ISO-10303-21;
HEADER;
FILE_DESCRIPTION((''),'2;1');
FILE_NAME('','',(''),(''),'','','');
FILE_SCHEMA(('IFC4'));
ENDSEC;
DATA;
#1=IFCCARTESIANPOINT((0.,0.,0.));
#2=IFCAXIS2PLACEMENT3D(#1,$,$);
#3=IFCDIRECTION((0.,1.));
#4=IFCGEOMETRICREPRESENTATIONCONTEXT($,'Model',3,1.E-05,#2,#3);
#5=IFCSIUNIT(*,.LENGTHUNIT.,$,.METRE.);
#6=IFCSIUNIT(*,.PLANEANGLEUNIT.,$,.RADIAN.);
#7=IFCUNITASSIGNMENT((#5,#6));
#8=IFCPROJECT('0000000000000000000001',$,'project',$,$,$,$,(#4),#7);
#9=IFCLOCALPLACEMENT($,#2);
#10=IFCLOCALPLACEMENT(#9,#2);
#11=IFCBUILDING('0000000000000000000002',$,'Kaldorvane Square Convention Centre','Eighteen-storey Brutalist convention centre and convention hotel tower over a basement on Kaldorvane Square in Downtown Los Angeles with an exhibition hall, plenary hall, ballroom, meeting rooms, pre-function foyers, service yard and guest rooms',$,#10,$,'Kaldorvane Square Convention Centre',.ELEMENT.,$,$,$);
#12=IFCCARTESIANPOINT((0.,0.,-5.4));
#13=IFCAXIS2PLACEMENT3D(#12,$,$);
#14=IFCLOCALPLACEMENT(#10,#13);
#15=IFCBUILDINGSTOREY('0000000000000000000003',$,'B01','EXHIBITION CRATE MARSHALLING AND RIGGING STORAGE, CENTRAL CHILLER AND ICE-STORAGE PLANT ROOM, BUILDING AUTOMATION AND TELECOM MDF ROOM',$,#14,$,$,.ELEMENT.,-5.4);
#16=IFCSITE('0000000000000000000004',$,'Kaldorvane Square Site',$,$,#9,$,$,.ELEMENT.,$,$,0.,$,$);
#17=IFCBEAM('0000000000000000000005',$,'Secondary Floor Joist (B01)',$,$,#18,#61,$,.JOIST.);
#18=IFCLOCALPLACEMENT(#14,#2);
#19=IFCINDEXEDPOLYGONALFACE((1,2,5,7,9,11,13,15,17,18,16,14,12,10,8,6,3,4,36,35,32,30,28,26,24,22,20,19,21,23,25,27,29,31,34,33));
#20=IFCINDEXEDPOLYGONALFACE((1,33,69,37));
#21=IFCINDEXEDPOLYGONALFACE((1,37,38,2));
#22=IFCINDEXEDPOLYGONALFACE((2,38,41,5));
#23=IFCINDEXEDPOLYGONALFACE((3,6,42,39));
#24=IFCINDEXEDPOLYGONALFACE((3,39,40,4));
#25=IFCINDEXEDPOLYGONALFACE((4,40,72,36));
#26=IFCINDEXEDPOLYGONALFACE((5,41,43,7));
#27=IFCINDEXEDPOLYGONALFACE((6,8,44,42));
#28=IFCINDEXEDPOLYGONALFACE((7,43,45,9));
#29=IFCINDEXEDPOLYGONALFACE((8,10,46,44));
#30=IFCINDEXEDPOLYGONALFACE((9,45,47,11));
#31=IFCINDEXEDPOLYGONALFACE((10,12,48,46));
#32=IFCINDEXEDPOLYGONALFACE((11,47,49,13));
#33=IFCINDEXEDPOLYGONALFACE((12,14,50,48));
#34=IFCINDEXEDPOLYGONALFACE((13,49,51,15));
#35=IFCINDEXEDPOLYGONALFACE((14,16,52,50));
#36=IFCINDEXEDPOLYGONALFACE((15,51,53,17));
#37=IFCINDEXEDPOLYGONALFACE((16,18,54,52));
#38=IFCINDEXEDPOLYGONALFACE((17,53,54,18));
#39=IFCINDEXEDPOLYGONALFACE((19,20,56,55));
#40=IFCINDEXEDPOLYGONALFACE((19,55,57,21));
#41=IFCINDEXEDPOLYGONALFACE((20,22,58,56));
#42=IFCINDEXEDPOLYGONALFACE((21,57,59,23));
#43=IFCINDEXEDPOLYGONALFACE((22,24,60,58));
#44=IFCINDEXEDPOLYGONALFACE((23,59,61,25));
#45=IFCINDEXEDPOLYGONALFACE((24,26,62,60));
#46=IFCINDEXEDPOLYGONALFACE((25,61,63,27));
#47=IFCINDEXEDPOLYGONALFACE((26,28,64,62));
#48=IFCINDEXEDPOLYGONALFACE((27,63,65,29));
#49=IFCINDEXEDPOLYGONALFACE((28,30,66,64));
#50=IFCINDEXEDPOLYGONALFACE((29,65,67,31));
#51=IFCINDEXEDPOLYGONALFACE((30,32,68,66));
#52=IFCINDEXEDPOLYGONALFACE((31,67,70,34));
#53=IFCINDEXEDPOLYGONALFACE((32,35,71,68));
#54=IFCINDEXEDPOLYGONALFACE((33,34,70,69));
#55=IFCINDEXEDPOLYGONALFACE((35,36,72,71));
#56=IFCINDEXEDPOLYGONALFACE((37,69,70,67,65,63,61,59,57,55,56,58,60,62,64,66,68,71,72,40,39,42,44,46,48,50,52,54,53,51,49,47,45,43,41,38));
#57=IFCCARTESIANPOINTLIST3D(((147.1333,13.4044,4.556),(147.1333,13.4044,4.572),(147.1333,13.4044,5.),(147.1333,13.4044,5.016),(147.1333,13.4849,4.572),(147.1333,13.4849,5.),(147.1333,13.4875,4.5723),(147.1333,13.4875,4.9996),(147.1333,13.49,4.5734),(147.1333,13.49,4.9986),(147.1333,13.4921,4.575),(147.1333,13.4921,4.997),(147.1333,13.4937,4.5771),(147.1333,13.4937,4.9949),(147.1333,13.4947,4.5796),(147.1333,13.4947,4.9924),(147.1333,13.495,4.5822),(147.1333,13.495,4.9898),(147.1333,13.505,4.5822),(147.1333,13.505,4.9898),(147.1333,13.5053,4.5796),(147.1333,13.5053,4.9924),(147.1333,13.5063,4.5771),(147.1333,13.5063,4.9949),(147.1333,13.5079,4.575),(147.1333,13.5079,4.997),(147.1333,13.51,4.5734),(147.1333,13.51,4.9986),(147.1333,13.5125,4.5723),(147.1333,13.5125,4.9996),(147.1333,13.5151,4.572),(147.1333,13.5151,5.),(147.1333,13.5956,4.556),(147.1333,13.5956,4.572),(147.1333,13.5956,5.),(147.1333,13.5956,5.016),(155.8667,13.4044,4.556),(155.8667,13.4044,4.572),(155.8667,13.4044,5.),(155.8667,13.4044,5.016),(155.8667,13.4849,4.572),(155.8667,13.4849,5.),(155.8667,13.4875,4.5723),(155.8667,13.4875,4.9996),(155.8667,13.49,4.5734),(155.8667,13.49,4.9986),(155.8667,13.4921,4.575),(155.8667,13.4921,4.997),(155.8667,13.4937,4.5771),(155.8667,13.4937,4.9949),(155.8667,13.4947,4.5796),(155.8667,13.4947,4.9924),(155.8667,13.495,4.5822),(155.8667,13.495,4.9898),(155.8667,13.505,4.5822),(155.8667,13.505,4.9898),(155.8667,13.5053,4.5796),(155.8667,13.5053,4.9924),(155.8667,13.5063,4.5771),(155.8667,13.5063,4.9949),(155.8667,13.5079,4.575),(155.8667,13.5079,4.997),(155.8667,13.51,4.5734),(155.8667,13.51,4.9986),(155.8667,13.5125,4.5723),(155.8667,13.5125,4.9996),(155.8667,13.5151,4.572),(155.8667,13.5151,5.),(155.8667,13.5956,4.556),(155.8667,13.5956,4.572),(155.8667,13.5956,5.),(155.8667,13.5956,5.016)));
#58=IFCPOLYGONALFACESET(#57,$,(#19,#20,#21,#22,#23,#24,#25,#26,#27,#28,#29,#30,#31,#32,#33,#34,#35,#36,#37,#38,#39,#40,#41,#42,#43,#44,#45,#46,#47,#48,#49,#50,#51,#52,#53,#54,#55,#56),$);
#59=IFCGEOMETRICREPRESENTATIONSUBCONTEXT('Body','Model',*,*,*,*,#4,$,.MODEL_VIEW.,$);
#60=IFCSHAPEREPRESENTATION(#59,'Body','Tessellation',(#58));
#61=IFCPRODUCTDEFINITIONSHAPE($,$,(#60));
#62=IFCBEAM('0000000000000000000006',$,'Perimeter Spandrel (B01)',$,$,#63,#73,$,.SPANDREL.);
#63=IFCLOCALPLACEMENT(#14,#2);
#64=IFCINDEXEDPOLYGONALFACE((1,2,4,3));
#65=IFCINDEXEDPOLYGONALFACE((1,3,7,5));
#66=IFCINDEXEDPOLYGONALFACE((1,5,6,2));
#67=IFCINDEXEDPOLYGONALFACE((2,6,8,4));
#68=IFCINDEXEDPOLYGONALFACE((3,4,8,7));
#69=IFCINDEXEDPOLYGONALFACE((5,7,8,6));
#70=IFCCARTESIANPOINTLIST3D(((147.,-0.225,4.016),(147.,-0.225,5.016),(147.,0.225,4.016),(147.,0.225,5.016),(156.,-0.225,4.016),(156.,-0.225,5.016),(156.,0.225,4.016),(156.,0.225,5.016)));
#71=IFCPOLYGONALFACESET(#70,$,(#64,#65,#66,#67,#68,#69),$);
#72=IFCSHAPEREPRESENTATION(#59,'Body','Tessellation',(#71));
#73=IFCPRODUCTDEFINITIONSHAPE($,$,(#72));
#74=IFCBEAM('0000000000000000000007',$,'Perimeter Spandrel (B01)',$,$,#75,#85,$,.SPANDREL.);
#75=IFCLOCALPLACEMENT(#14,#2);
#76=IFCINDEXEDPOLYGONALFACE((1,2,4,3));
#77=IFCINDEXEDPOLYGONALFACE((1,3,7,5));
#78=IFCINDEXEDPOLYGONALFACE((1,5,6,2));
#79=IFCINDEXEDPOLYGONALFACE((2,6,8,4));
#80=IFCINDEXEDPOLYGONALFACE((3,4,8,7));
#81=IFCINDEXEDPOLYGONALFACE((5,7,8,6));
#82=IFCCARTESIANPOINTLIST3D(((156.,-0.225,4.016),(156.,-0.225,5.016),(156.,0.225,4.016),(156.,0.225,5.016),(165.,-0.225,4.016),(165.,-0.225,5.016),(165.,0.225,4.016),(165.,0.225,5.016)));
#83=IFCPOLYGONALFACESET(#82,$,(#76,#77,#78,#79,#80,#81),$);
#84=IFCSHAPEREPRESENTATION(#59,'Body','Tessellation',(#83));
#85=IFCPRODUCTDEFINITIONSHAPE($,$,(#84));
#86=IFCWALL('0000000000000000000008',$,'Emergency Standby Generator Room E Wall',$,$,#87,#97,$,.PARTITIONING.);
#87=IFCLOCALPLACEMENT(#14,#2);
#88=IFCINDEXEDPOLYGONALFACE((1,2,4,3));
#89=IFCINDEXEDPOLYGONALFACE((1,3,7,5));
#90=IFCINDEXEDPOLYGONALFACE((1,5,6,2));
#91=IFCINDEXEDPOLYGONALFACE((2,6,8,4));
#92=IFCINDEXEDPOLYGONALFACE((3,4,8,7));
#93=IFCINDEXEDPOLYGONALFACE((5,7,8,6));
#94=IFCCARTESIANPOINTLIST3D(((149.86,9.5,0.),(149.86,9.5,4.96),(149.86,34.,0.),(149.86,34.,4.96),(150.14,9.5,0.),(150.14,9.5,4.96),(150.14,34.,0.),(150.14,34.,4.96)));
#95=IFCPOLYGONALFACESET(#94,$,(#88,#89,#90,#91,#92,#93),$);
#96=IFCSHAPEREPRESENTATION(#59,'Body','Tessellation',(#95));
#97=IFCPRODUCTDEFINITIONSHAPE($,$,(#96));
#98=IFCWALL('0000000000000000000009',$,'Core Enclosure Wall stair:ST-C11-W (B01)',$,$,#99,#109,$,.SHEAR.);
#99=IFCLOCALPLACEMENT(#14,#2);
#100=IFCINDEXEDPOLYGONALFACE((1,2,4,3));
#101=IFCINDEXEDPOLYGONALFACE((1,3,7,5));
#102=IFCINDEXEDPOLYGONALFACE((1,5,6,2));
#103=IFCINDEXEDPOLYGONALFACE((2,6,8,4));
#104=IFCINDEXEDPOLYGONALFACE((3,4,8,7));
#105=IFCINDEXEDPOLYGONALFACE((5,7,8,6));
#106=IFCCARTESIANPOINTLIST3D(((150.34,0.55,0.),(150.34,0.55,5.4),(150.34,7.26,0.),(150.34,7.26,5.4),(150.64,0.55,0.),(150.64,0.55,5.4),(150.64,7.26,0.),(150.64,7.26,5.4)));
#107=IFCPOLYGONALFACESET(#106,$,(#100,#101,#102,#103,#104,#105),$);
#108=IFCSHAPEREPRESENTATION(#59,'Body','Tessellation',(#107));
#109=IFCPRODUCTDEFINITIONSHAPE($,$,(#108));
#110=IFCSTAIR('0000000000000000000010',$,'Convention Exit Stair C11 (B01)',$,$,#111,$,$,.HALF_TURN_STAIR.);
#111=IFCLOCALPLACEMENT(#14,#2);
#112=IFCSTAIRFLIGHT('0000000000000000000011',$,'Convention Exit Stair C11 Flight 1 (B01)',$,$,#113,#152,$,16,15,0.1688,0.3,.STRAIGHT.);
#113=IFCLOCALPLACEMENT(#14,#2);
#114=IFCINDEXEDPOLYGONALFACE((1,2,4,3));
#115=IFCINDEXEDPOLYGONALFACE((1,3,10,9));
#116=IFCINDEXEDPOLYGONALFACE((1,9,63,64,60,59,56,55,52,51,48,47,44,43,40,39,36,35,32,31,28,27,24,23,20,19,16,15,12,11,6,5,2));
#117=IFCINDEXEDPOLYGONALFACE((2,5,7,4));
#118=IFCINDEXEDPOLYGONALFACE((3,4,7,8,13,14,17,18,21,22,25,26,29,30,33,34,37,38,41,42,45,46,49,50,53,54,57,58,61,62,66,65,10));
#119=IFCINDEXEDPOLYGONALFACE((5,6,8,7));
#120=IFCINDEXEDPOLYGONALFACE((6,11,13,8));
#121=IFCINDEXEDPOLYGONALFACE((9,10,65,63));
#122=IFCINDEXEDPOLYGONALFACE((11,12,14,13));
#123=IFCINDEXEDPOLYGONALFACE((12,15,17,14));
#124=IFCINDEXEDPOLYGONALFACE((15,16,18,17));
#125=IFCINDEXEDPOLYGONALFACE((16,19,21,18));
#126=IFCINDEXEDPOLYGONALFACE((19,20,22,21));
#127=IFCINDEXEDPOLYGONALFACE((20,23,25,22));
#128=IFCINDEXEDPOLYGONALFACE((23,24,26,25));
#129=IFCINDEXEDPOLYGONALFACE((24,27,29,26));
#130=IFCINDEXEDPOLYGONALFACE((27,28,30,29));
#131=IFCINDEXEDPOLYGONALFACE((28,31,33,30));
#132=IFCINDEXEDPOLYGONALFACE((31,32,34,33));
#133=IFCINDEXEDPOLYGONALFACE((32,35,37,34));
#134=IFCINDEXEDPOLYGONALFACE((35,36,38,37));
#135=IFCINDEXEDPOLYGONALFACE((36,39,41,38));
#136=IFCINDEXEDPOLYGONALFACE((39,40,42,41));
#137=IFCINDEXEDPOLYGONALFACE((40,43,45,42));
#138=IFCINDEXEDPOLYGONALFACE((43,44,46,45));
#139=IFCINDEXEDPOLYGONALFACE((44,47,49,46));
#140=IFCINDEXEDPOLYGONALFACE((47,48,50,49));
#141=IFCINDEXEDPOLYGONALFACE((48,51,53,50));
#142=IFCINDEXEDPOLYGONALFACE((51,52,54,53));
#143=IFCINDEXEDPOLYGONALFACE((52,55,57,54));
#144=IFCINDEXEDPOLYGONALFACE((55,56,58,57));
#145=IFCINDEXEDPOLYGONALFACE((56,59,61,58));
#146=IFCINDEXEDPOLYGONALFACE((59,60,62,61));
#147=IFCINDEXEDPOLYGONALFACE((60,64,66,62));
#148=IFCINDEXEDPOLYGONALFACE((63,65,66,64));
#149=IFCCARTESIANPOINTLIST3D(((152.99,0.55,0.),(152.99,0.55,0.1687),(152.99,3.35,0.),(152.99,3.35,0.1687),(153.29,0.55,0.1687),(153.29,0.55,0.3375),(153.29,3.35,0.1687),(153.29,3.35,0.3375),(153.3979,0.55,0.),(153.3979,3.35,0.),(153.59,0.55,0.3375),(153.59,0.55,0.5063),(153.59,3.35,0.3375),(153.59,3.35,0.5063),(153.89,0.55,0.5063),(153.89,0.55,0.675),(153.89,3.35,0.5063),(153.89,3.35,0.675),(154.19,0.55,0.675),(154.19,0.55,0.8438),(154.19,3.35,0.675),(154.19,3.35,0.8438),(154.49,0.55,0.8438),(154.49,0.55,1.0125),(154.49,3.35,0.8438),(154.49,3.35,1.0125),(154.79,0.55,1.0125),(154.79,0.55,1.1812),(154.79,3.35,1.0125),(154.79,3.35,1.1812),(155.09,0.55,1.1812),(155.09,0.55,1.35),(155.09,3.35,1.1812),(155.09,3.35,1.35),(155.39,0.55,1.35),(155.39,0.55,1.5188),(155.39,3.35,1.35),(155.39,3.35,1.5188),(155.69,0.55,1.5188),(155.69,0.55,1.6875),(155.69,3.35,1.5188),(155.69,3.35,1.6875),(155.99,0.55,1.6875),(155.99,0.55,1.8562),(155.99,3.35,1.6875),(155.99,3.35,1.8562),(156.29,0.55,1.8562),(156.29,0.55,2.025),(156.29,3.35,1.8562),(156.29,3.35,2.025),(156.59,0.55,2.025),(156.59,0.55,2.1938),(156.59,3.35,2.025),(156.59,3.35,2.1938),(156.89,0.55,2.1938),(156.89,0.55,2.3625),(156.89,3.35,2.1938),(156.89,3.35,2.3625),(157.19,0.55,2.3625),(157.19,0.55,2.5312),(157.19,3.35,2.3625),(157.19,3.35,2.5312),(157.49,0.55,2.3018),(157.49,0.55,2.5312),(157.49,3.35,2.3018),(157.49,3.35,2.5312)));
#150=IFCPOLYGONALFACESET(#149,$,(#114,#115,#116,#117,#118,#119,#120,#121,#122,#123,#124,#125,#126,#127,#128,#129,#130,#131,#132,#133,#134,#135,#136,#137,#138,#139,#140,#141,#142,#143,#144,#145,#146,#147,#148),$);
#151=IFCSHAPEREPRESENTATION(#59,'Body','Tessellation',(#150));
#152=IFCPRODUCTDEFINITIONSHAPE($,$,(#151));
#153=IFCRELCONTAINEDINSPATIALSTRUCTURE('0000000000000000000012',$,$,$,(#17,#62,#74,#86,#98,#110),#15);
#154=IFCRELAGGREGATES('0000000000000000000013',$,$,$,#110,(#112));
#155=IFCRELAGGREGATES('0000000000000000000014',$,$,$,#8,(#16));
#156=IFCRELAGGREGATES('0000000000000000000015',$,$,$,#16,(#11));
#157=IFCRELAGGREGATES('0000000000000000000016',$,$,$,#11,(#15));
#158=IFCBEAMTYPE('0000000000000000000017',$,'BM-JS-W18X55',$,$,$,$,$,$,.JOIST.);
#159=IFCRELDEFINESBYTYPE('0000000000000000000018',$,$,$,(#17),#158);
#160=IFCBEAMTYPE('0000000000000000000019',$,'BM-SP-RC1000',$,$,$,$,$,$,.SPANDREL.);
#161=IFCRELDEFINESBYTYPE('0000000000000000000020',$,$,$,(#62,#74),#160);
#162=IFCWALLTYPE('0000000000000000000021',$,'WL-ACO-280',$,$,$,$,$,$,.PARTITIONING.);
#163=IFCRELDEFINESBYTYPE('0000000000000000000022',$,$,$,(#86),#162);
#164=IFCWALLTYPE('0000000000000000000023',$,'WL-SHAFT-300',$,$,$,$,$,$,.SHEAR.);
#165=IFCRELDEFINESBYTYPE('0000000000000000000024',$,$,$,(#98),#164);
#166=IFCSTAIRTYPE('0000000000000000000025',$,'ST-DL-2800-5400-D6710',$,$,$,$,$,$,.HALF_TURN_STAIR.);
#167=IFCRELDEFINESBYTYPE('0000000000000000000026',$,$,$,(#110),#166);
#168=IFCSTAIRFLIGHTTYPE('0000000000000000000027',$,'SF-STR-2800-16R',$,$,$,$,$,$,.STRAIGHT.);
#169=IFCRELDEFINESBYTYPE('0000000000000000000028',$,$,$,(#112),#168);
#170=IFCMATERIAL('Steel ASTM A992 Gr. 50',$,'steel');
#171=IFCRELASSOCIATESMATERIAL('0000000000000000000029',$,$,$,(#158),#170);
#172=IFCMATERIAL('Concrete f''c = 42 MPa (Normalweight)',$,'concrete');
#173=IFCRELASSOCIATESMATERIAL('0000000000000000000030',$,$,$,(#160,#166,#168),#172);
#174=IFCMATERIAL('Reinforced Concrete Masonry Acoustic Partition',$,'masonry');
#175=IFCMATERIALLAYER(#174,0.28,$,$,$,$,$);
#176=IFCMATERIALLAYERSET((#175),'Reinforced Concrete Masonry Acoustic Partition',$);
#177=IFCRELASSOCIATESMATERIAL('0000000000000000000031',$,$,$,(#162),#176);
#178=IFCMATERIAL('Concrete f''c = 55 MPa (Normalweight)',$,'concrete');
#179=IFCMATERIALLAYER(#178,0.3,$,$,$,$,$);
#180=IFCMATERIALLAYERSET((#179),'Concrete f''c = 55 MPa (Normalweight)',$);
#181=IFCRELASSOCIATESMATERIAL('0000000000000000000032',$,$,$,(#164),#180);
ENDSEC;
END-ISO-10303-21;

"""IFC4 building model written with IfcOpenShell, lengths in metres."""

from ifc_helpers import new_model, si_unit, direction, frame, frame_2d, origin, origin_2d, place, context, subcontext, project, spatial, polyline, rectangle, i_section, outline, extrude, material, layer, layer_set, material_profile, profile_set, type_object, element, aggregate, save


model = new_model("IFC4")

# Units and contexts
model_context = context("Model", 3, precision=1e-05, world=origin(), true_north=direction((0.0, 1.0)))
body_context = subcontext(model_context, "Body", "Model", "MODEL_VIEW")
ifc_project = project(units=[si_unit("LENGTHUNIT", "METRE"), si_unit("PLANEANGLEUNIT", "RADIAN")], contexts=[model_context])

# Site, building, storey
site_placement = place(None, origin())
site = spatial("IfcSite", under=ifc_project, at=site_placement, Name="Kaldorvane Square Site", CompositionType="ELEMENT", RefElevation=0.0)
building_placement = place(site_placement, origin())
building = spatial("IfcBuilding", under=site, at=building_placement, Name="Kaldorvane Square Convention Centre", Description="Eighteen-storey Brutalist convention centre and convention hotel tower over a basement on Kaldorvane Square in Downtown Los Angeles with an exhibition hall, plenary hall, ballroom, meeting rooms, pre-function foyers, service yard and guest rooms", LongName="Kaldorvane Square Convention Centre", CompositionType="ELEMENT")
storey_placement = place(building_placement, frame((0.0, 0.0, -5.4)))
storey = spatial("IfcBuildingStorey", under=building, at=storey_placement, Name="B01", Description="EXHIBITION CRATE MARSHALLING AND RIGGING STORAGE, CENTRAL CHILLER AND ICE-STORAGE PLANT ROOM, BUILDING AUTOMATION AND TELECOM MDF ROOM", CompositionType="ELEMENT", Elevation=-5.4)

# Shared definitions
ifc_material_1 = material(Name="Concrete f'c = 42 MPa (Normalweight)", Category="concrete")

# Shared definitions
ifc_material_2 = material(Name="Steel ASTM A992 Gr. 50", Category="steel")

# Beams
ifc_material_profile_1 = material_profile(ifc_material_2, i_section(OverallWidth=0.1913, OverallDepth=0.46, WebThickness=0.0099, FlangeThickness=0.016, FilletRadius=0.0102, at=origin_2d()), Name="W18X55")
ifc_profile_set_1 = profile_set([ifc_material_profile_1], Name="Steel ASTM A992 Gr. 50")
beam_type_1 = type_object("IfcBeamType", Name="BM-JS-W18X55", PredefinedType="JOIST", material=ifc_profile_set_1)
beam_placement = place(storey_placement, frame((147.1333, 13.5, 4.786), z_axis=(1.0, 0.0, 0.0), x_axis=(0.0, 1.0, 0.0)))
element("IfcBeam", 1, at=beam_placement, inside=storey, type_object=beam_type_1, Name="Secondary Floor Joist (B01)", PredefinedType="JOIST", context=body_context, shape_type="SweptSolid", body=[
    extrude(i_section(OverallWidth=0.1913, OverallDepth=0.46, WebThickness=0.0099, FlangeThickness=0.016, FilletRadius=0.0102, at=origin_2d()), origin(), (0.0, 0.0, 1.0), 8.7334),
])
ifc_material_profile_2 = material_profile(ifc_material_1, rectangle(XDim=0.45, YDim=1.0, at=origin_2d()), Name="RCSP1000X450")
ifc_profile_set_2 = profile_set([ifc_material_profile_2], Name="Concrete f'c = 42 MPa (Normalweight)")
beam_type_2 = type_object("IfcBeamType", Name="BM-SP-RC1000", PredefinedType="SPANDREL", material=ifc_profile_set_2)
for number, where, z_axis, x_axis, name in (
    (2, (147.0, 0.0, 4.516), (1.0, 0.0, 0.0), (0.0, 1.0, 0.0), "Perimeter Spandrel (B01)"),
    (3, (156.0, 0.0, 4.516), (1.0, 0.0, 0.0), (0.0, 1.0, 0.0), "Perimeter Spandrel (B01)"),
):
    element("IfcBeam", number, at=place(storey_placement, frame(where, z_axis=z_axis, x_axis=x_axis)), inside=storey, type_object=beam_type_2, Name=name, PredefinedType="SPANDREL", context=body_context, shape_type="SweptSolid", body=[
        extrude(rectangle(XDim=0.45, YDim=1.0, at=origin_2d()), origin(), (0.0, 0.0, 1.0), 9.0),
    ])

# Walls
ifc_material_3 = material(Name="Reinforced Concrete Masonry Acoustic Partition", Category="masonry")
ifc_layer_1 = layer(ifc_material_3, 0.28)
ifc_layer_set_1 = layer_set([ifc_layer_1], Name="Reinforced Concrete Masonry Acoustic Partition")
wall_type_1 = type_object("IfcWallType", Name="WL-ACO-280", PredefinedType="PARTITIONING", material=ifc_layer_set_1)
wall_1_placement = place(storey_placement, frame((150.0, 9.5, 0.0), z_axis=(0.0, 0.0, 1.0), x_axis=(0.0, 1.0, 0.0)))
element("IfcWall", 4, at=wall_1_placement, inside=storey, type_object=wall_type_1, Name="Emergency Standby Generator Room E Wall", PredefinedType="PARTITIONING", context=body_context, shape_type="SweptSolid", body=[
    extrude(rectangle(XDim=24.5, YDim=0.28, at=frame_2d((12.25, 0.0))), origin(), (0.0, 0.0, 1.0), 4.96),
])
ifc_material_4 = material(Name="Concrete f'c = 55 MPa (Normalweight)", Category="concrete")
ifc_layer_2 = layer(ifc_material_4, 0.3)
ifc_layer_set_2 = layer_set([ifc_layer_2], Name="Concrete f'c = 55 MPa (Normalweight)")
wall_type_2 = type_object("IfcWallType", Name="WL-SHAFT-300", PredefinedType="SHEAR", material=ifc_layer_set_2)
wall_2_placement = place(storey_placement, frame((150.49, 7.26, 0.0), z_axis=(0.0, 0.0, 1.0), x_axis=(0.0, -1.0, 0.0)))
element("IfcWall", 5, at=wall_2_placement, inside=storey, type_object=wall_type_2, Name="Core Enclosure Wall stair:ST-C11-W (B01)", PredefinedType="SHEAR", context=body_context, shape_type="SweptSolid", body=[
    extrude(rectangle(XDim=6.71, YDim=0.3, at=frame_2d((3.355, 0.0))), origin(), (0.0, 0.0, 1.0), 5.4),
])

# Stair, stair flight
stair_type = type_object("IfcStairType", Name="ST-DL-2800-5400-D6710", PredefinedType="HALF_TURN_STAIR", material=ifc_material_1)
stair_placement = place(storey_placement, origin())
stair = element("IfcStair", 6, at=stair_placement, inside=storey, type_object=stair_type, Name="Convention Exit Stair C11 (B01)", PredefinedType="HALF_TURN_STAIR")
stair_flight_type = type_object("IfcStairFlightType", Name="SF-STR-2800-16R", PredefinedType="STRAIGHT", material=ifc_material_1)
stair_flight_placement = place(storey_placement, frame((152.99, 1.95, 0.0), z_axis=(0.0, 0.0, 1.0), x_axis=(1.0, 0.0, 0.0)))
stair_flight = element("IfcStairFlight", 7, at=stair_flight_placement, type_object=stair_flight_type, Name="Convention Exit Stair C11 Flight 1 (B01)", NumberOfRisers=16, NumberOfTreads=15, PredefinedType="STRAIGHT", RiserHeight=0.1688, TreadLength=0.3, context=body_context, shape_type="SweptSolid", body=[
    extrude(outline(polyline([(0.0, 0.0), (0.0, 0.1687), (0.3, 0.1687), (0.3, 0.3375), (0.6, 0.3375), (0.6, 0.5063), (0.9, 0.5063), (0.9, 0.675), (1.2, 0.675), (1.2, 0.8438), (1.5, 0.8438), (1.5, 1.0125), (1.8, 1.0125), (1.8, 1.1812), (2.1, 1.1812), (2.1, 1.35), (2.4, 1.35), (2.4, 1.5188), (2.7, 1.5188), (2.7, 1.6875), (3.0, 1.6875), (3.0, 1.8562), (3.3, 1.8562), (3.3, 2.025), (3.6, 2.025), (3.6, 2.1938), (3.9, 2.1938), (3.9, 2.3625), (4.2, 2.3625), (4.2, 2.5312), (4.5, 2.5312), (4.5, 2.7), (4.5, 2.3018), (0.4079, 0.0), (0.0, 0.0)])), frame((0.0, 1.4, 0.0), z_axis=(0.0, -1.0, 0.0), x_axis=(1.0, 0.0, 0.0)), (0.0, 0.0, 1.0), 2.8),
])
aggregate(stair, [stair_flight])

save(model, "model.ifc")
